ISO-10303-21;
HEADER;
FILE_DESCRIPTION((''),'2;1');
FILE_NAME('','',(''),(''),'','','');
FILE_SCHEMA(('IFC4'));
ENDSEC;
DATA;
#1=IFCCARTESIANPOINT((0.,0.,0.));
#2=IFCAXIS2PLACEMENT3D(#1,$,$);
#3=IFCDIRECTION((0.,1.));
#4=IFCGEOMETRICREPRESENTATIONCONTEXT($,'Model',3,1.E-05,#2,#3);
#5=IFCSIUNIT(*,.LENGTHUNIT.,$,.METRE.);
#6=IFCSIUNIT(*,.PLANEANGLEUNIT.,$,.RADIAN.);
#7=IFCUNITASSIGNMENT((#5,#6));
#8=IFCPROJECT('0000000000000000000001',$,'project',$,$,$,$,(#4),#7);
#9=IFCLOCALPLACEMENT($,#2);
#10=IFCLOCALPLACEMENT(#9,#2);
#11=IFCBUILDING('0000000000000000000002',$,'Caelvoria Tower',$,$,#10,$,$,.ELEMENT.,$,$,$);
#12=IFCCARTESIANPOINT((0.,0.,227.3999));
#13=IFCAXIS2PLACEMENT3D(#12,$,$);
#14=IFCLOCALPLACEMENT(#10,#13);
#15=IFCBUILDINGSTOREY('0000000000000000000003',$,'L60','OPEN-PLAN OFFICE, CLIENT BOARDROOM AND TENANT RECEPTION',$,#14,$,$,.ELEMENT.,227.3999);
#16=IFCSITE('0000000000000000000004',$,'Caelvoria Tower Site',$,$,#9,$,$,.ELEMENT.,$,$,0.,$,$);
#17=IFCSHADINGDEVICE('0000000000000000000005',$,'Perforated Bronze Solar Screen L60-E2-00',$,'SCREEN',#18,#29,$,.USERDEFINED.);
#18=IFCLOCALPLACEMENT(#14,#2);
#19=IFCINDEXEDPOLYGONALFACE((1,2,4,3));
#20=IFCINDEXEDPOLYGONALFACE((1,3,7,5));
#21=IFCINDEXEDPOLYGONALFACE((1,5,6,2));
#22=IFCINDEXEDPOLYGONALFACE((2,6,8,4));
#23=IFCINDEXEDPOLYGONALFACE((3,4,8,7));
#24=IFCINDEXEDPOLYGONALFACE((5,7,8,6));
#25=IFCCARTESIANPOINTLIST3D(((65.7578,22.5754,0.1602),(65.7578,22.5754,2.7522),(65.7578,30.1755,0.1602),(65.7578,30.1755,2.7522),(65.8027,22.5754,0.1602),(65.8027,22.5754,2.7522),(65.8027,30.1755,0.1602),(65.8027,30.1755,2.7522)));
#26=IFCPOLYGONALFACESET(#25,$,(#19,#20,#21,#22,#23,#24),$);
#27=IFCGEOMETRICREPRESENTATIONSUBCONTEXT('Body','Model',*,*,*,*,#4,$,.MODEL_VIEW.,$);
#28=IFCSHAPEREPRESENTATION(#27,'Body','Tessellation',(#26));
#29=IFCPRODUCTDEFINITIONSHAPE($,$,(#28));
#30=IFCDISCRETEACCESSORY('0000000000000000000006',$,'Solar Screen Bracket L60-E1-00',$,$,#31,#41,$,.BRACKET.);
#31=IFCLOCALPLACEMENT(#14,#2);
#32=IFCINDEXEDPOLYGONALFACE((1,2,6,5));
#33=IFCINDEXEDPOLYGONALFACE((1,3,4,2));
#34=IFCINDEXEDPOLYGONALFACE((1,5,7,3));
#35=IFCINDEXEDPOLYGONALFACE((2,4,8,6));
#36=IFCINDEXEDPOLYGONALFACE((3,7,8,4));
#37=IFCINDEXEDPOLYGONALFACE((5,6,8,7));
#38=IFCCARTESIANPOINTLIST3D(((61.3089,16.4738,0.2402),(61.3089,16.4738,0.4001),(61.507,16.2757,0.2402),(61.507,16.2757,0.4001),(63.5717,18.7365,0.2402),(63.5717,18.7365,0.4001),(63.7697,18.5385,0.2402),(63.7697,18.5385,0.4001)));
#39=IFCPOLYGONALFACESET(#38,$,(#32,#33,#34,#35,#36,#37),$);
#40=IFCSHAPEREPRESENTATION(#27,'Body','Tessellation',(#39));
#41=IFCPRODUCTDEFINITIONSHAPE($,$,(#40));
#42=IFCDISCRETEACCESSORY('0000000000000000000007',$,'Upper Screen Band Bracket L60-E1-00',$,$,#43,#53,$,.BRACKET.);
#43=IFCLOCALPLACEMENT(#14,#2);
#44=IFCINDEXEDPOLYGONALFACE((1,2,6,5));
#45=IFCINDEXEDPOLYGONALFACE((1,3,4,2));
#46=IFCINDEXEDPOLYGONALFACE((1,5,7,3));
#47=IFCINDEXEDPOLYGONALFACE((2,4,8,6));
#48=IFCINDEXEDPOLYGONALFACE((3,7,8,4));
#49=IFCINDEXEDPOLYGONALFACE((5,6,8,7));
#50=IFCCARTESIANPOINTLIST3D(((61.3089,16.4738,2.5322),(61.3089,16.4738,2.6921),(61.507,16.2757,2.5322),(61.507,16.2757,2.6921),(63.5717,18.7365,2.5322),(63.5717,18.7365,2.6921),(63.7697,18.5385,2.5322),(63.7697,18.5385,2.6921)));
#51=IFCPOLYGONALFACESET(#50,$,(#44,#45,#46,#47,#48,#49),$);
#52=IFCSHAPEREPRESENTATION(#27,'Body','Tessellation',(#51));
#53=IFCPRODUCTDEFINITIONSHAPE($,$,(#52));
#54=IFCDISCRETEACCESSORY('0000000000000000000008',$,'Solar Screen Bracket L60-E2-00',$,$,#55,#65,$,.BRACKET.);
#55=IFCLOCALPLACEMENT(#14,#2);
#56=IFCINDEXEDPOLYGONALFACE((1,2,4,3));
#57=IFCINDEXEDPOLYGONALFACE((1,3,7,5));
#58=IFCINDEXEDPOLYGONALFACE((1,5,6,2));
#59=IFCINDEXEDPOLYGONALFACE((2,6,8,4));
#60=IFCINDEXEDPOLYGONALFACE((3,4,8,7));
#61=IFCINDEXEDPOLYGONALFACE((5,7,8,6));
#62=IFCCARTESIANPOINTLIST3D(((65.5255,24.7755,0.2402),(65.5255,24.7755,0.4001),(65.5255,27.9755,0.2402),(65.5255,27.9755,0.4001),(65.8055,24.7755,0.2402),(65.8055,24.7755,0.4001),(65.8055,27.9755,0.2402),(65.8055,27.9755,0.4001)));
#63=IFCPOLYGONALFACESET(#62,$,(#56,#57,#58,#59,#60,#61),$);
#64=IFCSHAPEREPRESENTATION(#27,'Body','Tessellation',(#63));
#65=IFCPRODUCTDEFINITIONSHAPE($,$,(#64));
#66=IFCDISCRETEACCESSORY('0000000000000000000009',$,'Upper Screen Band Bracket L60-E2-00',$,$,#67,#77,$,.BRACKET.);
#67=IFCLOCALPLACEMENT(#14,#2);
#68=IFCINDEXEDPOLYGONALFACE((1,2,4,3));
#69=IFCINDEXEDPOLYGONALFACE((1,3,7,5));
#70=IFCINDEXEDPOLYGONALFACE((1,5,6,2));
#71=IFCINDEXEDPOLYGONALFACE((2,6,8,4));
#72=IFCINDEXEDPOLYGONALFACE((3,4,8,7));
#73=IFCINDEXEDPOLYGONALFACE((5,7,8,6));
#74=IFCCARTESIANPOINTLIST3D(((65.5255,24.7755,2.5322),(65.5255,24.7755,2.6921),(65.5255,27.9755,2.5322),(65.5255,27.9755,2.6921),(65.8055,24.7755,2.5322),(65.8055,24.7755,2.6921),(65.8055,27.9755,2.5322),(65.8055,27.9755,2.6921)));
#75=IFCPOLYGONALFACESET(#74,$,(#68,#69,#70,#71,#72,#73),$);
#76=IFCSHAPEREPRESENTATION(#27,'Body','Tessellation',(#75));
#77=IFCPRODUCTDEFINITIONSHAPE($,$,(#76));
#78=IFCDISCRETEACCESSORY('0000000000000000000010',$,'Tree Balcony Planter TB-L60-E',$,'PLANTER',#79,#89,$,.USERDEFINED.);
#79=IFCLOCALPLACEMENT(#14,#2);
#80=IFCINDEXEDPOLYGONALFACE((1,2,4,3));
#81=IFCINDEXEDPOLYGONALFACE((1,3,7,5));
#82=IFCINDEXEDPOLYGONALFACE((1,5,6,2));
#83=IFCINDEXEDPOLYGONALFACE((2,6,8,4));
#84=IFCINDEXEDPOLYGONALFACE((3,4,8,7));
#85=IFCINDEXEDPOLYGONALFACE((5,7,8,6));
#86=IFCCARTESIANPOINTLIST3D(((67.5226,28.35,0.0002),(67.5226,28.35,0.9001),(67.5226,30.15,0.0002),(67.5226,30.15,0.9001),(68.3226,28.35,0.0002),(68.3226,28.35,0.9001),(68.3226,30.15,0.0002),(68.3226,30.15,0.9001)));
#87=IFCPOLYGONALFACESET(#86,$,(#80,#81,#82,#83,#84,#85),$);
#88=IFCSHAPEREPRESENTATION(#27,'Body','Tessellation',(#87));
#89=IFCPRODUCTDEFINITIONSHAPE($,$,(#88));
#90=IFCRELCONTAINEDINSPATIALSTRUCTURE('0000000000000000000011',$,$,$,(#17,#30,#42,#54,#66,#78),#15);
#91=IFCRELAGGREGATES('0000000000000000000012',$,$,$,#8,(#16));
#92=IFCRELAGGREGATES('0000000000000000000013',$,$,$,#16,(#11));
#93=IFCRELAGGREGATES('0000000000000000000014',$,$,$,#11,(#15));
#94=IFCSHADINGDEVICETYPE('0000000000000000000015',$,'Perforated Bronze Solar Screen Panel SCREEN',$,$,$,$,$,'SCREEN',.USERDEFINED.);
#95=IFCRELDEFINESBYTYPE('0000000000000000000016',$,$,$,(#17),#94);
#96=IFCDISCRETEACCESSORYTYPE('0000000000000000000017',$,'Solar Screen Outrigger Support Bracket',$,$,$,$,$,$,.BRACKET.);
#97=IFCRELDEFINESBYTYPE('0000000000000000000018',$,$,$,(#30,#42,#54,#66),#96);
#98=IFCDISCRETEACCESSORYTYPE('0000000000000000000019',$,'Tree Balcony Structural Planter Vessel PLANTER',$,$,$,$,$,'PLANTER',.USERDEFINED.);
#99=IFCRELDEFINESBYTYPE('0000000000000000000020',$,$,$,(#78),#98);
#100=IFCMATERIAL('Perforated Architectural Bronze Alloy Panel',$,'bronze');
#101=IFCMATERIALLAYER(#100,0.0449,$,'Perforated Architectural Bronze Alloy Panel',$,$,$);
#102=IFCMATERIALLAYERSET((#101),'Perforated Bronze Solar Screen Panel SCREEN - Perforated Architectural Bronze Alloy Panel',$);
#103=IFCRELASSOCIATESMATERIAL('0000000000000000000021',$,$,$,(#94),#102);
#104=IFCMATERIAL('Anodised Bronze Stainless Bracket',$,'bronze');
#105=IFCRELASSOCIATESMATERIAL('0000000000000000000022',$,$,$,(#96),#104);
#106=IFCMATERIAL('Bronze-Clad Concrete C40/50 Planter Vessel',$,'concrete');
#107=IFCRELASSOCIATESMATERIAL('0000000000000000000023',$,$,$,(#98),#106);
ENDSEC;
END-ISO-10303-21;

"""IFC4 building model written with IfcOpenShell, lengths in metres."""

from ifc_helpers import new_model, si_unit, direction, frame, origin, origin_2d, place, context, subcontext, project, spatial, rectangle, extrude, material, layer, layer_set, type_object, element, save


model = new_model("IFC4")

# Units and contexts
model_context = context("Model", 3, precision=1e-05, world=origin(), true_north=direction((0.0, 1.0)))
body_context = subcontext(model_context, "Body", "Model", "MODEL_VIEW")
ifc_project = project(units=[si_unit("LENGTHUNIT", "METRE"), si_unit("PLANEANGLEUNIT", "RADIAN")], contexts=[model_context])

# Site, building, storey
site_placement = place(None, origin())
site = spatial("IfcSite", under=ifc_project, at=site_placement, Name="Caelvoria Tower Site", CompositionType="ELEMENT", RefElevation=0.0)
building_placement = place(site_placement, origin())
building = spatial("IfcBuilding", under=site, at=building_placement, Name="Caelvoria Tower", CompositionType="ELEMENT")
storey_placement = place(building_placement, frame((0.0, 0.0, 227.3999)))
storey = spatial("IfcBuildingStorey", under=building, at=storey_placement, Name="L60", Description="OPEN-PLAN OFFICE, CLIENT BOARDROOM AND TENANT RECEPTION", CompositionType="ELEMENT", Elevation=227.3999)

# Shading device
ifc_material_1 = material(Name="Perforated Architectural Bronze Alloy Panel", Category="bronze")
ifc_layer_1 = layer(ifc_material_1, 0.0449, Name="Perforated Architectural Bronze Alloy Panel")
ifc_layer_set_1 = layer_set([ifc_layer_1], Name="Perforated Bronze Solar Screen Panel SCREEN - Perforated Architectural Bronze Alloy Panel")
shading_device_type = type_object("IfcShadingDeviceType", Name="Perforated Bronze Solar Screen Panel SCREEN", ElementType="SCREEN", PredefinedType="USERDEFINED", material=ifc_layer_set_1)
shading_device_1_placement = place(storey_placement, frame((65.7803, 26.3755, 0.1602), z_axis=(0.0, 0.0, 1.0), x_axis=(0.0, 1.0, 0.0)))
element("IfcShadingDevice", 1, at=shading_device_1_placement, inside=storey, type_object=shading_device_type, Name="Perforated Bronze Solar Screen L60-E2-00", ObjectType="SCREEN", PredefinedType="USERDEFINED", context=body_context, shape_type="SweptSolid", body=[
    extrude(rectangle(XDim=7.6001, YDim=0.0449, at=origin_2d()), origin(), (0.0, 0.0, 1.0), 2.592),
])

# Discrete accessories
ifc_material_2 = material(Name="Anodised Bronze Stainless Bracket", Category="bronze")
discrete_accessory_type_1 = type_object("IfcDiscreteAccessoryType", Name="Solar Screen Outrigger Support Bracket", PredefinedType="BRACKET", material=ifc_material_2)
for number, where, z_axis, x_axis, name in (
    (2, (62.5393, 17.5061, 0.2402), (0.0, 0.0, 1.0), (0.707107, 0.707107, 0.0), "Solar Screen Bracket L60-E1-00"),
    (3, (62.5393, 17.5061, 2.5322), (0.0, 0.0, 1.0), (0.707107, 0.707107, 0.0), "Upper Screen Band Bracket L60-E1-00"),
    (4, (65.6655, 26.3755, 0.2402), (0.0, 0.0, 1.0), (0.0, 1.0, 0.0), "Solar Screen Bracket L60-E2-00"),
    (5, (65.6655, 26.3755, 2.5322), (0.0, 0.0, 1.0), (0.0, 1.0, 0.0), "Upper Screen Band Bracket L60-E2-00"),
):
    element("IfcDiscreteAccessory", number, at=place(storey_placement, frame(where, z_axis=z_axis, x_axis=x_axis)), inside=storey, type_object=discrete_accessory_type_1, Name=name, PredefinedType="BRACKET", context=body_context, shape_type="SweptSolid", body=[
        extrude(rectangle(XDim=3.2, YDim=0.28, at=origin_2d()), origin(), (0.0, 0.0, 1.0), 0.1599),
    ])
ifc_material_3 = material(Name="Bronze-Clad Concrete C40/50 Planter Vessel", Category="concrete")
discrete_accessory_type_2 = type_object("IfcDiscreteAccessoryType", Name="Tree Balcony Structural Planter Vessel PLANTER", ElementType="PLANTER", PredefinedType="USERDEFINED", material=ifc_material_3)
discrete_accessory_placement = place(storey_placement, frame((67.9226, 29.25, 0.0002), z_axis=(0.0, 0.0, 1.0), x_axis=(0.0, 1.0, 0.0)))
element("IfcDiscreteAccessory", 6, at=discrete_accessory_placement, inside=storey, type_object=discrete_accessory_type_2, Name="Tree Balcony Planter TB-L60-E", ObjectType="PLANTER", PredefinedType="USERDEFINED", context=body_context, shape_type="SweptSolid", body=[
    extrude(rectangle(XDim=1.8, YDim=0.8, at=origin_2d()), origin(), (0.0, 0.0, 1.0), 0.8999),
])

save(model, "model.ifc")
